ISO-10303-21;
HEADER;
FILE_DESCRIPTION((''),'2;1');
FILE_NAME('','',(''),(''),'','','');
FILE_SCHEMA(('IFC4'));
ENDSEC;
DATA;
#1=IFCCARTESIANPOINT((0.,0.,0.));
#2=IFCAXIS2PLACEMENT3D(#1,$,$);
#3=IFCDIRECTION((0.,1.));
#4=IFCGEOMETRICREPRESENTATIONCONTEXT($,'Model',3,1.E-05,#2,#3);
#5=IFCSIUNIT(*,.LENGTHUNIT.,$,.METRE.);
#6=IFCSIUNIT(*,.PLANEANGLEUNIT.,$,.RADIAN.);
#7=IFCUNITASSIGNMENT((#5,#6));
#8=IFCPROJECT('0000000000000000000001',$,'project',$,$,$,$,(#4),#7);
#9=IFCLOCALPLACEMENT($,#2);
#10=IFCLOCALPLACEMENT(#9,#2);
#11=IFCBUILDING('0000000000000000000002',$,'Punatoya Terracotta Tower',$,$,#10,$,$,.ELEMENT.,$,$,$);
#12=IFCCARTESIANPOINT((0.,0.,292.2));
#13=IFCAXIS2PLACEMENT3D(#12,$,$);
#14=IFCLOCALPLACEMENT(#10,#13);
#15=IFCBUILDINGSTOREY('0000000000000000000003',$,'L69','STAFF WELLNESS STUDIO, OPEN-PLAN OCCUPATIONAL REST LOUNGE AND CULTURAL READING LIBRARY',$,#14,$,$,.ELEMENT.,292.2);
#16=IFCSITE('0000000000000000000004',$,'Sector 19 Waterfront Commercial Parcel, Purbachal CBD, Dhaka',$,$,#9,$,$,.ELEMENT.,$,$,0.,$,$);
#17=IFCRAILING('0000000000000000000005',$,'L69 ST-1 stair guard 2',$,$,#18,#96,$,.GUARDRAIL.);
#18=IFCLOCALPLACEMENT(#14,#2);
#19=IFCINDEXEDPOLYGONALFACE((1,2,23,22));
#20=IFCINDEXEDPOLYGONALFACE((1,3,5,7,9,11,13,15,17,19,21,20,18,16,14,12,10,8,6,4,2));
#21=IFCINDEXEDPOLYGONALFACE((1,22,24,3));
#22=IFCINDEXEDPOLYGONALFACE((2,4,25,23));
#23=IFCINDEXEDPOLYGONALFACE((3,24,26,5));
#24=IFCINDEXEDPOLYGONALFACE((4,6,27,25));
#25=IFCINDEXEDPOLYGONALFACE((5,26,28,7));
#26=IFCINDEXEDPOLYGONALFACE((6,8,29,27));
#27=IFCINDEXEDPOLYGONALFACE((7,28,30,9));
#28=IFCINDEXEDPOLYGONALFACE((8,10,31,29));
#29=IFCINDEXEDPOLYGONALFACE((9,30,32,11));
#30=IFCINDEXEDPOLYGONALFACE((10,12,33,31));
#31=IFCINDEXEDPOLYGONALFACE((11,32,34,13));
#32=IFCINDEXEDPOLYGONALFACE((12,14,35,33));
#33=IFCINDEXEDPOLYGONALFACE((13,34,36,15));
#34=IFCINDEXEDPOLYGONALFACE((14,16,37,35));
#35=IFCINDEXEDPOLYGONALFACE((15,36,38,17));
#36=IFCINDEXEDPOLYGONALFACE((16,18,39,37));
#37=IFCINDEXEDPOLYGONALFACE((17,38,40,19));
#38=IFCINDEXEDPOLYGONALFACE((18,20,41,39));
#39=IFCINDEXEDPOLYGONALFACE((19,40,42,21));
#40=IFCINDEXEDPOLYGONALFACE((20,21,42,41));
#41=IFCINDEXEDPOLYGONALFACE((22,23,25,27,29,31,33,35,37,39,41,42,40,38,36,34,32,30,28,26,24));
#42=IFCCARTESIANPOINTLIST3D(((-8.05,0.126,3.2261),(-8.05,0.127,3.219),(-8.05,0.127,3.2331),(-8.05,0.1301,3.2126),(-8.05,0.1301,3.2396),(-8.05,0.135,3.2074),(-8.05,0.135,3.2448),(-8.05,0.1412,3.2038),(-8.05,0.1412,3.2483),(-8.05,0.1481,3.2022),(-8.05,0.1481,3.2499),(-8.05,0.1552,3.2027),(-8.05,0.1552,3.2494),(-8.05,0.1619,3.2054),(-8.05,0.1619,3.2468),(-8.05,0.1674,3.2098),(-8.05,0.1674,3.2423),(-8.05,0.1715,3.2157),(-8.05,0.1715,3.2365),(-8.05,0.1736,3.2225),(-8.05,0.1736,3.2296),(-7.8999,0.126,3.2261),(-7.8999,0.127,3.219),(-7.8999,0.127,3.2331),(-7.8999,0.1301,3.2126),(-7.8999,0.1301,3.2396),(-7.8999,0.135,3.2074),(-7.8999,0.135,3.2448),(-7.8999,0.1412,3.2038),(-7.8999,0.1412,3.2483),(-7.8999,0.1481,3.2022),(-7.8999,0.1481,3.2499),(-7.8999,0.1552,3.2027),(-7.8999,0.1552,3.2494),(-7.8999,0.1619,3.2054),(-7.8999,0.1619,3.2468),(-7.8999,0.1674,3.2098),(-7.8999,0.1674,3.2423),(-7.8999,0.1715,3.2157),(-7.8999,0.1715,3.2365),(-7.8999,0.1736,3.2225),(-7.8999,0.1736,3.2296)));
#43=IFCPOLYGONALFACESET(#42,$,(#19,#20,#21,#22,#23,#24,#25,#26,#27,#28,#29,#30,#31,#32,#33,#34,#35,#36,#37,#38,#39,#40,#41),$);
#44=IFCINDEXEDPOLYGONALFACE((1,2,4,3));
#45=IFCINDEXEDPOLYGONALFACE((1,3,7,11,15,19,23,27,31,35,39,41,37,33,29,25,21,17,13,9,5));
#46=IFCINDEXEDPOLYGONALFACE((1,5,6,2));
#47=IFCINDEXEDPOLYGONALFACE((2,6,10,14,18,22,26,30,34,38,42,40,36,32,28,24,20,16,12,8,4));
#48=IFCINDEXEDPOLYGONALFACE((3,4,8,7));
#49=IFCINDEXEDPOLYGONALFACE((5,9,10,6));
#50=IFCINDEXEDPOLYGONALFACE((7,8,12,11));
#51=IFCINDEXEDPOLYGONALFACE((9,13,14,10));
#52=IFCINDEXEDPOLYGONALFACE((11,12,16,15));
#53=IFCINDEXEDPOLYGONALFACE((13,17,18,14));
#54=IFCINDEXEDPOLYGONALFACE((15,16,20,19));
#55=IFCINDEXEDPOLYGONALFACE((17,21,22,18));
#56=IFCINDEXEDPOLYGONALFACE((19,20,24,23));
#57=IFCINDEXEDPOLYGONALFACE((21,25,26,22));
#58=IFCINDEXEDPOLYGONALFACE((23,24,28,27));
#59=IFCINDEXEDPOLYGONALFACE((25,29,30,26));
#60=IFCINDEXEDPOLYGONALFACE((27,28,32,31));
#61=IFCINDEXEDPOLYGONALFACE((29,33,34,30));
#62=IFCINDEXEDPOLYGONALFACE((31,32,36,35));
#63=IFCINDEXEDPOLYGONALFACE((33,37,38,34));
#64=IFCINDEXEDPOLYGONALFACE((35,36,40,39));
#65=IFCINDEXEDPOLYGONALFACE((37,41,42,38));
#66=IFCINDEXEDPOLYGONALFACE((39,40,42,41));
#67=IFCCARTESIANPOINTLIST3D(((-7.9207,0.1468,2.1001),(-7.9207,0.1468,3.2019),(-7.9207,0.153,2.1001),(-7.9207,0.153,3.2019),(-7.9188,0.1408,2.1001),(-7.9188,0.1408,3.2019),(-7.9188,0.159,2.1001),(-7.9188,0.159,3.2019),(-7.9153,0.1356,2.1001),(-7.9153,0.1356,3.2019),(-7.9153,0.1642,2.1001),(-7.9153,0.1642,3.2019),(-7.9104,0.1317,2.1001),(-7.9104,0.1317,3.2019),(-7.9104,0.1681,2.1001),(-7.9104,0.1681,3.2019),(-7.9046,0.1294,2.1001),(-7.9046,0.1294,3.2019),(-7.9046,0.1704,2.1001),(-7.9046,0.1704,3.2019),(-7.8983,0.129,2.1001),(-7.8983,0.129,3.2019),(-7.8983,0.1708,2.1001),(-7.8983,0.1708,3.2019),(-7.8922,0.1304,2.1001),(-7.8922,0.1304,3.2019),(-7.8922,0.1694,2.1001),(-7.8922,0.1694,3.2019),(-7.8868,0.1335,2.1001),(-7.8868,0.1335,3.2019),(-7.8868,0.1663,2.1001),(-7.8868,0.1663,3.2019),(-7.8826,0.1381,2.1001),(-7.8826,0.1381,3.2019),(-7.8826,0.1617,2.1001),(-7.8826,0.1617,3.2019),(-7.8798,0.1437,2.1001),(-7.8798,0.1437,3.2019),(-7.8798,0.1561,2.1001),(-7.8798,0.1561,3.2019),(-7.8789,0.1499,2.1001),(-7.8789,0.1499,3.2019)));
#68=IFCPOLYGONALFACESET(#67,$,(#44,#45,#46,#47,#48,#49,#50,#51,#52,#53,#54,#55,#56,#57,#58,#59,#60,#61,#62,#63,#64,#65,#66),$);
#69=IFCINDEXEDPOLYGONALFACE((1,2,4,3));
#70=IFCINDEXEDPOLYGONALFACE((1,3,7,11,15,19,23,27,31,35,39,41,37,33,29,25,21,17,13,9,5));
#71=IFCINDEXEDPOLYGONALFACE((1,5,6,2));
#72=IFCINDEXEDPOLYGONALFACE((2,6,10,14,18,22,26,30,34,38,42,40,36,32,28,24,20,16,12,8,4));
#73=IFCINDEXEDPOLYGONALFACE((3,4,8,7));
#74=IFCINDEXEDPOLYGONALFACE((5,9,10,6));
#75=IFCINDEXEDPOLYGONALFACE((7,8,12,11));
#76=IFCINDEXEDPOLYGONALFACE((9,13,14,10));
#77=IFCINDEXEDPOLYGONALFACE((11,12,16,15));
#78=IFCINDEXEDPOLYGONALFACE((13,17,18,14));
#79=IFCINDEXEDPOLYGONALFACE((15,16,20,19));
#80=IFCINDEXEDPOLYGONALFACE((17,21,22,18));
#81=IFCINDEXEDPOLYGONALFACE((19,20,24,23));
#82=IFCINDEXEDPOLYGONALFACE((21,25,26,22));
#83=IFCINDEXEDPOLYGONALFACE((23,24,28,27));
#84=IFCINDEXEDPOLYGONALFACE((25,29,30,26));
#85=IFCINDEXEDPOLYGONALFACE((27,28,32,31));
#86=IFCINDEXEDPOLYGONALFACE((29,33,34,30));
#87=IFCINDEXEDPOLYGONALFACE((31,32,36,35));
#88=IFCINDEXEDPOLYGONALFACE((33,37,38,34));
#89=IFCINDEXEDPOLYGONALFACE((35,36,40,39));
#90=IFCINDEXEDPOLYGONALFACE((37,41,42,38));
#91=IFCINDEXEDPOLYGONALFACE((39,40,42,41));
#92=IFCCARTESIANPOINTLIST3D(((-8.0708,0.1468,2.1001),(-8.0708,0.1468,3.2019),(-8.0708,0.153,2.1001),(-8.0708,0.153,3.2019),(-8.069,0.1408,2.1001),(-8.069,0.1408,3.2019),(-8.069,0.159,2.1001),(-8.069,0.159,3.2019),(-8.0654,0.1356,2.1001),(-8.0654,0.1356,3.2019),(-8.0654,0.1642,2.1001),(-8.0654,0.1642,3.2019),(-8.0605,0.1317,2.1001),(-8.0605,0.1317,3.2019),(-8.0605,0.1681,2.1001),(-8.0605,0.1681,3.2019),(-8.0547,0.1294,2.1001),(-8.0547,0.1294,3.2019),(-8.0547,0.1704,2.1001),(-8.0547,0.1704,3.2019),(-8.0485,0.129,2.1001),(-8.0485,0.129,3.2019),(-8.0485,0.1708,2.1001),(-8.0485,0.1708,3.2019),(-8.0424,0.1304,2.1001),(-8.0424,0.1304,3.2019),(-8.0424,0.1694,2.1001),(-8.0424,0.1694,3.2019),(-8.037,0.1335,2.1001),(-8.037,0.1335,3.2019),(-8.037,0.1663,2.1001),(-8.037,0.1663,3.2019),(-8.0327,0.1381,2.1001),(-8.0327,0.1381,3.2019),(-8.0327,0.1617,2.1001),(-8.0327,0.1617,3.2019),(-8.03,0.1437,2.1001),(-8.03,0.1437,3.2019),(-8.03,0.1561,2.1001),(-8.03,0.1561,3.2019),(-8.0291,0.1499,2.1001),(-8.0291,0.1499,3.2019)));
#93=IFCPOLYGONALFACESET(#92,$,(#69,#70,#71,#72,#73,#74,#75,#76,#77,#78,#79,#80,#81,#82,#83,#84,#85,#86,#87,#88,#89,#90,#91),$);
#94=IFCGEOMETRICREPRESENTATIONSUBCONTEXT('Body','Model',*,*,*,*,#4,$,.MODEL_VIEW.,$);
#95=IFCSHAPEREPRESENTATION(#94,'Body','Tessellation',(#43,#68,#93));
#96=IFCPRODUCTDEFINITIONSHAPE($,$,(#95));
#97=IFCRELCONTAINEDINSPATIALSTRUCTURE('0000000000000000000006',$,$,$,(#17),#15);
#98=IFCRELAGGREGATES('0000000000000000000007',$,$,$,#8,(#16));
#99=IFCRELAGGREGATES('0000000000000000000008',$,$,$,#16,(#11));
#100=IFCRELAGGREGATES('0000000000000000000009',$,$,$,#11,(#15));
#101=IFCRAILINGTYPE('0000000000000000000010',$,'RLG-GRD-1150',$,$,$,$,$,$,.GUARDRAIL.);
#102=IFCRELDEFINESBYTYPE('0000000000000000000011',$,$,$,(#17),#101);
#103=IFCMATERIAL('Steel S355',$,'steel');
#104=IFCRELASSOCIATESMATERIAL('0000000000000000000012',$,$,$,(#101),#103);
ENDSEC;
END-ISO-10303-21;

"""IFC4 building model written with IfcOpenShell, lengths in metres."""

from ifc_helpers import new_model, si_unit, direction, frame, origin, origin_2d, place, context, subcontext, project, spatial, circle, extrude, material, type_object, element, save


model = new_model("IFC4")

# Units and contexts
model_context = context("Model", 3, precision=1e-05, world=origin(), true_north=direction((0.0, 1.0)))
body_context = subcontext(model_context, "Body", "Model", "MODEL_VIEW")
ifc_project = project(units=[si_unit("LENGTHUNIT", "METRE"), si_unit("PLANEANGLEUNIT", "RADIAN")], contexts=[model_context])

# Site, building, storey
site_placement = place(None, origin())
site = spatial("IfcSite", under=ifc_project, at=site_placement, Name="Sector 19 Waterfront Commercial Parcel, Purbachal CBD, Dhaka", CompositionType="ELEMENT", RefElevation=0.0)
building_placement = place(site_placement, origin())
building = spatial("IfcBuilding", under=site, at=building_placement, Name="Punatoya Terracotta Tower", CompositionType="ELEMENT")
storey_placement = place(building_placement, frame((0.0, 0.0, 292.2)))
storey = spatial("IfcBuildingStorey", under=building, at=storey_placement, Name="L69", Description="STAFF WELLNESS STUDIO, OPEN-PLAN OCCUPATIONAL REST LOUNGE AND CULTURAL READING LIBRARY", CompositionType="ELEMENT", Elevation=292.2)

# Shared definitions
ifc_material_1 = material(Name="Steel S355", Category="steel")

# Railing
railing_type_1 = type_object("IfcRailingType", Name="RLG-GRD-1150", PredefinedType="GUARDRAIL", material=ifc_material_1)
railing_1_placement = place(storey_placement, frame((-7.8999, 0.1499, 2.1001)))
element("IfcRailing", 1, at=railing_1_placement, inside=storey, type_object=railing_type_1, Name="L69 ST-1 stair guard 2", PredefinedType="GUARDRAIL", context=body_context, shape_type="SweptSolid", body=[
    extrude(circle(Radius=0.0239, at=origin_2d()), frame((0.0, 0.0, 1.126), z_axis=(-1.0, 0.0, 0.0), x_axis=(0.0, -1.0, 0.0)), (0.0, 0.0, 1.0), 0.1501),
    extrude(circle(Radius=0.021, at=origin_2d()), origin(), (0.0, 0.0, 1.0), 1.1018),
    extrude(circle(Radius=0.021, at=origin_2d()), frame((-0.1501, 0.0, 0.0)), (0.0, 0.0, 1.0), 1.1018),
])

save(model, "model.ifc")
